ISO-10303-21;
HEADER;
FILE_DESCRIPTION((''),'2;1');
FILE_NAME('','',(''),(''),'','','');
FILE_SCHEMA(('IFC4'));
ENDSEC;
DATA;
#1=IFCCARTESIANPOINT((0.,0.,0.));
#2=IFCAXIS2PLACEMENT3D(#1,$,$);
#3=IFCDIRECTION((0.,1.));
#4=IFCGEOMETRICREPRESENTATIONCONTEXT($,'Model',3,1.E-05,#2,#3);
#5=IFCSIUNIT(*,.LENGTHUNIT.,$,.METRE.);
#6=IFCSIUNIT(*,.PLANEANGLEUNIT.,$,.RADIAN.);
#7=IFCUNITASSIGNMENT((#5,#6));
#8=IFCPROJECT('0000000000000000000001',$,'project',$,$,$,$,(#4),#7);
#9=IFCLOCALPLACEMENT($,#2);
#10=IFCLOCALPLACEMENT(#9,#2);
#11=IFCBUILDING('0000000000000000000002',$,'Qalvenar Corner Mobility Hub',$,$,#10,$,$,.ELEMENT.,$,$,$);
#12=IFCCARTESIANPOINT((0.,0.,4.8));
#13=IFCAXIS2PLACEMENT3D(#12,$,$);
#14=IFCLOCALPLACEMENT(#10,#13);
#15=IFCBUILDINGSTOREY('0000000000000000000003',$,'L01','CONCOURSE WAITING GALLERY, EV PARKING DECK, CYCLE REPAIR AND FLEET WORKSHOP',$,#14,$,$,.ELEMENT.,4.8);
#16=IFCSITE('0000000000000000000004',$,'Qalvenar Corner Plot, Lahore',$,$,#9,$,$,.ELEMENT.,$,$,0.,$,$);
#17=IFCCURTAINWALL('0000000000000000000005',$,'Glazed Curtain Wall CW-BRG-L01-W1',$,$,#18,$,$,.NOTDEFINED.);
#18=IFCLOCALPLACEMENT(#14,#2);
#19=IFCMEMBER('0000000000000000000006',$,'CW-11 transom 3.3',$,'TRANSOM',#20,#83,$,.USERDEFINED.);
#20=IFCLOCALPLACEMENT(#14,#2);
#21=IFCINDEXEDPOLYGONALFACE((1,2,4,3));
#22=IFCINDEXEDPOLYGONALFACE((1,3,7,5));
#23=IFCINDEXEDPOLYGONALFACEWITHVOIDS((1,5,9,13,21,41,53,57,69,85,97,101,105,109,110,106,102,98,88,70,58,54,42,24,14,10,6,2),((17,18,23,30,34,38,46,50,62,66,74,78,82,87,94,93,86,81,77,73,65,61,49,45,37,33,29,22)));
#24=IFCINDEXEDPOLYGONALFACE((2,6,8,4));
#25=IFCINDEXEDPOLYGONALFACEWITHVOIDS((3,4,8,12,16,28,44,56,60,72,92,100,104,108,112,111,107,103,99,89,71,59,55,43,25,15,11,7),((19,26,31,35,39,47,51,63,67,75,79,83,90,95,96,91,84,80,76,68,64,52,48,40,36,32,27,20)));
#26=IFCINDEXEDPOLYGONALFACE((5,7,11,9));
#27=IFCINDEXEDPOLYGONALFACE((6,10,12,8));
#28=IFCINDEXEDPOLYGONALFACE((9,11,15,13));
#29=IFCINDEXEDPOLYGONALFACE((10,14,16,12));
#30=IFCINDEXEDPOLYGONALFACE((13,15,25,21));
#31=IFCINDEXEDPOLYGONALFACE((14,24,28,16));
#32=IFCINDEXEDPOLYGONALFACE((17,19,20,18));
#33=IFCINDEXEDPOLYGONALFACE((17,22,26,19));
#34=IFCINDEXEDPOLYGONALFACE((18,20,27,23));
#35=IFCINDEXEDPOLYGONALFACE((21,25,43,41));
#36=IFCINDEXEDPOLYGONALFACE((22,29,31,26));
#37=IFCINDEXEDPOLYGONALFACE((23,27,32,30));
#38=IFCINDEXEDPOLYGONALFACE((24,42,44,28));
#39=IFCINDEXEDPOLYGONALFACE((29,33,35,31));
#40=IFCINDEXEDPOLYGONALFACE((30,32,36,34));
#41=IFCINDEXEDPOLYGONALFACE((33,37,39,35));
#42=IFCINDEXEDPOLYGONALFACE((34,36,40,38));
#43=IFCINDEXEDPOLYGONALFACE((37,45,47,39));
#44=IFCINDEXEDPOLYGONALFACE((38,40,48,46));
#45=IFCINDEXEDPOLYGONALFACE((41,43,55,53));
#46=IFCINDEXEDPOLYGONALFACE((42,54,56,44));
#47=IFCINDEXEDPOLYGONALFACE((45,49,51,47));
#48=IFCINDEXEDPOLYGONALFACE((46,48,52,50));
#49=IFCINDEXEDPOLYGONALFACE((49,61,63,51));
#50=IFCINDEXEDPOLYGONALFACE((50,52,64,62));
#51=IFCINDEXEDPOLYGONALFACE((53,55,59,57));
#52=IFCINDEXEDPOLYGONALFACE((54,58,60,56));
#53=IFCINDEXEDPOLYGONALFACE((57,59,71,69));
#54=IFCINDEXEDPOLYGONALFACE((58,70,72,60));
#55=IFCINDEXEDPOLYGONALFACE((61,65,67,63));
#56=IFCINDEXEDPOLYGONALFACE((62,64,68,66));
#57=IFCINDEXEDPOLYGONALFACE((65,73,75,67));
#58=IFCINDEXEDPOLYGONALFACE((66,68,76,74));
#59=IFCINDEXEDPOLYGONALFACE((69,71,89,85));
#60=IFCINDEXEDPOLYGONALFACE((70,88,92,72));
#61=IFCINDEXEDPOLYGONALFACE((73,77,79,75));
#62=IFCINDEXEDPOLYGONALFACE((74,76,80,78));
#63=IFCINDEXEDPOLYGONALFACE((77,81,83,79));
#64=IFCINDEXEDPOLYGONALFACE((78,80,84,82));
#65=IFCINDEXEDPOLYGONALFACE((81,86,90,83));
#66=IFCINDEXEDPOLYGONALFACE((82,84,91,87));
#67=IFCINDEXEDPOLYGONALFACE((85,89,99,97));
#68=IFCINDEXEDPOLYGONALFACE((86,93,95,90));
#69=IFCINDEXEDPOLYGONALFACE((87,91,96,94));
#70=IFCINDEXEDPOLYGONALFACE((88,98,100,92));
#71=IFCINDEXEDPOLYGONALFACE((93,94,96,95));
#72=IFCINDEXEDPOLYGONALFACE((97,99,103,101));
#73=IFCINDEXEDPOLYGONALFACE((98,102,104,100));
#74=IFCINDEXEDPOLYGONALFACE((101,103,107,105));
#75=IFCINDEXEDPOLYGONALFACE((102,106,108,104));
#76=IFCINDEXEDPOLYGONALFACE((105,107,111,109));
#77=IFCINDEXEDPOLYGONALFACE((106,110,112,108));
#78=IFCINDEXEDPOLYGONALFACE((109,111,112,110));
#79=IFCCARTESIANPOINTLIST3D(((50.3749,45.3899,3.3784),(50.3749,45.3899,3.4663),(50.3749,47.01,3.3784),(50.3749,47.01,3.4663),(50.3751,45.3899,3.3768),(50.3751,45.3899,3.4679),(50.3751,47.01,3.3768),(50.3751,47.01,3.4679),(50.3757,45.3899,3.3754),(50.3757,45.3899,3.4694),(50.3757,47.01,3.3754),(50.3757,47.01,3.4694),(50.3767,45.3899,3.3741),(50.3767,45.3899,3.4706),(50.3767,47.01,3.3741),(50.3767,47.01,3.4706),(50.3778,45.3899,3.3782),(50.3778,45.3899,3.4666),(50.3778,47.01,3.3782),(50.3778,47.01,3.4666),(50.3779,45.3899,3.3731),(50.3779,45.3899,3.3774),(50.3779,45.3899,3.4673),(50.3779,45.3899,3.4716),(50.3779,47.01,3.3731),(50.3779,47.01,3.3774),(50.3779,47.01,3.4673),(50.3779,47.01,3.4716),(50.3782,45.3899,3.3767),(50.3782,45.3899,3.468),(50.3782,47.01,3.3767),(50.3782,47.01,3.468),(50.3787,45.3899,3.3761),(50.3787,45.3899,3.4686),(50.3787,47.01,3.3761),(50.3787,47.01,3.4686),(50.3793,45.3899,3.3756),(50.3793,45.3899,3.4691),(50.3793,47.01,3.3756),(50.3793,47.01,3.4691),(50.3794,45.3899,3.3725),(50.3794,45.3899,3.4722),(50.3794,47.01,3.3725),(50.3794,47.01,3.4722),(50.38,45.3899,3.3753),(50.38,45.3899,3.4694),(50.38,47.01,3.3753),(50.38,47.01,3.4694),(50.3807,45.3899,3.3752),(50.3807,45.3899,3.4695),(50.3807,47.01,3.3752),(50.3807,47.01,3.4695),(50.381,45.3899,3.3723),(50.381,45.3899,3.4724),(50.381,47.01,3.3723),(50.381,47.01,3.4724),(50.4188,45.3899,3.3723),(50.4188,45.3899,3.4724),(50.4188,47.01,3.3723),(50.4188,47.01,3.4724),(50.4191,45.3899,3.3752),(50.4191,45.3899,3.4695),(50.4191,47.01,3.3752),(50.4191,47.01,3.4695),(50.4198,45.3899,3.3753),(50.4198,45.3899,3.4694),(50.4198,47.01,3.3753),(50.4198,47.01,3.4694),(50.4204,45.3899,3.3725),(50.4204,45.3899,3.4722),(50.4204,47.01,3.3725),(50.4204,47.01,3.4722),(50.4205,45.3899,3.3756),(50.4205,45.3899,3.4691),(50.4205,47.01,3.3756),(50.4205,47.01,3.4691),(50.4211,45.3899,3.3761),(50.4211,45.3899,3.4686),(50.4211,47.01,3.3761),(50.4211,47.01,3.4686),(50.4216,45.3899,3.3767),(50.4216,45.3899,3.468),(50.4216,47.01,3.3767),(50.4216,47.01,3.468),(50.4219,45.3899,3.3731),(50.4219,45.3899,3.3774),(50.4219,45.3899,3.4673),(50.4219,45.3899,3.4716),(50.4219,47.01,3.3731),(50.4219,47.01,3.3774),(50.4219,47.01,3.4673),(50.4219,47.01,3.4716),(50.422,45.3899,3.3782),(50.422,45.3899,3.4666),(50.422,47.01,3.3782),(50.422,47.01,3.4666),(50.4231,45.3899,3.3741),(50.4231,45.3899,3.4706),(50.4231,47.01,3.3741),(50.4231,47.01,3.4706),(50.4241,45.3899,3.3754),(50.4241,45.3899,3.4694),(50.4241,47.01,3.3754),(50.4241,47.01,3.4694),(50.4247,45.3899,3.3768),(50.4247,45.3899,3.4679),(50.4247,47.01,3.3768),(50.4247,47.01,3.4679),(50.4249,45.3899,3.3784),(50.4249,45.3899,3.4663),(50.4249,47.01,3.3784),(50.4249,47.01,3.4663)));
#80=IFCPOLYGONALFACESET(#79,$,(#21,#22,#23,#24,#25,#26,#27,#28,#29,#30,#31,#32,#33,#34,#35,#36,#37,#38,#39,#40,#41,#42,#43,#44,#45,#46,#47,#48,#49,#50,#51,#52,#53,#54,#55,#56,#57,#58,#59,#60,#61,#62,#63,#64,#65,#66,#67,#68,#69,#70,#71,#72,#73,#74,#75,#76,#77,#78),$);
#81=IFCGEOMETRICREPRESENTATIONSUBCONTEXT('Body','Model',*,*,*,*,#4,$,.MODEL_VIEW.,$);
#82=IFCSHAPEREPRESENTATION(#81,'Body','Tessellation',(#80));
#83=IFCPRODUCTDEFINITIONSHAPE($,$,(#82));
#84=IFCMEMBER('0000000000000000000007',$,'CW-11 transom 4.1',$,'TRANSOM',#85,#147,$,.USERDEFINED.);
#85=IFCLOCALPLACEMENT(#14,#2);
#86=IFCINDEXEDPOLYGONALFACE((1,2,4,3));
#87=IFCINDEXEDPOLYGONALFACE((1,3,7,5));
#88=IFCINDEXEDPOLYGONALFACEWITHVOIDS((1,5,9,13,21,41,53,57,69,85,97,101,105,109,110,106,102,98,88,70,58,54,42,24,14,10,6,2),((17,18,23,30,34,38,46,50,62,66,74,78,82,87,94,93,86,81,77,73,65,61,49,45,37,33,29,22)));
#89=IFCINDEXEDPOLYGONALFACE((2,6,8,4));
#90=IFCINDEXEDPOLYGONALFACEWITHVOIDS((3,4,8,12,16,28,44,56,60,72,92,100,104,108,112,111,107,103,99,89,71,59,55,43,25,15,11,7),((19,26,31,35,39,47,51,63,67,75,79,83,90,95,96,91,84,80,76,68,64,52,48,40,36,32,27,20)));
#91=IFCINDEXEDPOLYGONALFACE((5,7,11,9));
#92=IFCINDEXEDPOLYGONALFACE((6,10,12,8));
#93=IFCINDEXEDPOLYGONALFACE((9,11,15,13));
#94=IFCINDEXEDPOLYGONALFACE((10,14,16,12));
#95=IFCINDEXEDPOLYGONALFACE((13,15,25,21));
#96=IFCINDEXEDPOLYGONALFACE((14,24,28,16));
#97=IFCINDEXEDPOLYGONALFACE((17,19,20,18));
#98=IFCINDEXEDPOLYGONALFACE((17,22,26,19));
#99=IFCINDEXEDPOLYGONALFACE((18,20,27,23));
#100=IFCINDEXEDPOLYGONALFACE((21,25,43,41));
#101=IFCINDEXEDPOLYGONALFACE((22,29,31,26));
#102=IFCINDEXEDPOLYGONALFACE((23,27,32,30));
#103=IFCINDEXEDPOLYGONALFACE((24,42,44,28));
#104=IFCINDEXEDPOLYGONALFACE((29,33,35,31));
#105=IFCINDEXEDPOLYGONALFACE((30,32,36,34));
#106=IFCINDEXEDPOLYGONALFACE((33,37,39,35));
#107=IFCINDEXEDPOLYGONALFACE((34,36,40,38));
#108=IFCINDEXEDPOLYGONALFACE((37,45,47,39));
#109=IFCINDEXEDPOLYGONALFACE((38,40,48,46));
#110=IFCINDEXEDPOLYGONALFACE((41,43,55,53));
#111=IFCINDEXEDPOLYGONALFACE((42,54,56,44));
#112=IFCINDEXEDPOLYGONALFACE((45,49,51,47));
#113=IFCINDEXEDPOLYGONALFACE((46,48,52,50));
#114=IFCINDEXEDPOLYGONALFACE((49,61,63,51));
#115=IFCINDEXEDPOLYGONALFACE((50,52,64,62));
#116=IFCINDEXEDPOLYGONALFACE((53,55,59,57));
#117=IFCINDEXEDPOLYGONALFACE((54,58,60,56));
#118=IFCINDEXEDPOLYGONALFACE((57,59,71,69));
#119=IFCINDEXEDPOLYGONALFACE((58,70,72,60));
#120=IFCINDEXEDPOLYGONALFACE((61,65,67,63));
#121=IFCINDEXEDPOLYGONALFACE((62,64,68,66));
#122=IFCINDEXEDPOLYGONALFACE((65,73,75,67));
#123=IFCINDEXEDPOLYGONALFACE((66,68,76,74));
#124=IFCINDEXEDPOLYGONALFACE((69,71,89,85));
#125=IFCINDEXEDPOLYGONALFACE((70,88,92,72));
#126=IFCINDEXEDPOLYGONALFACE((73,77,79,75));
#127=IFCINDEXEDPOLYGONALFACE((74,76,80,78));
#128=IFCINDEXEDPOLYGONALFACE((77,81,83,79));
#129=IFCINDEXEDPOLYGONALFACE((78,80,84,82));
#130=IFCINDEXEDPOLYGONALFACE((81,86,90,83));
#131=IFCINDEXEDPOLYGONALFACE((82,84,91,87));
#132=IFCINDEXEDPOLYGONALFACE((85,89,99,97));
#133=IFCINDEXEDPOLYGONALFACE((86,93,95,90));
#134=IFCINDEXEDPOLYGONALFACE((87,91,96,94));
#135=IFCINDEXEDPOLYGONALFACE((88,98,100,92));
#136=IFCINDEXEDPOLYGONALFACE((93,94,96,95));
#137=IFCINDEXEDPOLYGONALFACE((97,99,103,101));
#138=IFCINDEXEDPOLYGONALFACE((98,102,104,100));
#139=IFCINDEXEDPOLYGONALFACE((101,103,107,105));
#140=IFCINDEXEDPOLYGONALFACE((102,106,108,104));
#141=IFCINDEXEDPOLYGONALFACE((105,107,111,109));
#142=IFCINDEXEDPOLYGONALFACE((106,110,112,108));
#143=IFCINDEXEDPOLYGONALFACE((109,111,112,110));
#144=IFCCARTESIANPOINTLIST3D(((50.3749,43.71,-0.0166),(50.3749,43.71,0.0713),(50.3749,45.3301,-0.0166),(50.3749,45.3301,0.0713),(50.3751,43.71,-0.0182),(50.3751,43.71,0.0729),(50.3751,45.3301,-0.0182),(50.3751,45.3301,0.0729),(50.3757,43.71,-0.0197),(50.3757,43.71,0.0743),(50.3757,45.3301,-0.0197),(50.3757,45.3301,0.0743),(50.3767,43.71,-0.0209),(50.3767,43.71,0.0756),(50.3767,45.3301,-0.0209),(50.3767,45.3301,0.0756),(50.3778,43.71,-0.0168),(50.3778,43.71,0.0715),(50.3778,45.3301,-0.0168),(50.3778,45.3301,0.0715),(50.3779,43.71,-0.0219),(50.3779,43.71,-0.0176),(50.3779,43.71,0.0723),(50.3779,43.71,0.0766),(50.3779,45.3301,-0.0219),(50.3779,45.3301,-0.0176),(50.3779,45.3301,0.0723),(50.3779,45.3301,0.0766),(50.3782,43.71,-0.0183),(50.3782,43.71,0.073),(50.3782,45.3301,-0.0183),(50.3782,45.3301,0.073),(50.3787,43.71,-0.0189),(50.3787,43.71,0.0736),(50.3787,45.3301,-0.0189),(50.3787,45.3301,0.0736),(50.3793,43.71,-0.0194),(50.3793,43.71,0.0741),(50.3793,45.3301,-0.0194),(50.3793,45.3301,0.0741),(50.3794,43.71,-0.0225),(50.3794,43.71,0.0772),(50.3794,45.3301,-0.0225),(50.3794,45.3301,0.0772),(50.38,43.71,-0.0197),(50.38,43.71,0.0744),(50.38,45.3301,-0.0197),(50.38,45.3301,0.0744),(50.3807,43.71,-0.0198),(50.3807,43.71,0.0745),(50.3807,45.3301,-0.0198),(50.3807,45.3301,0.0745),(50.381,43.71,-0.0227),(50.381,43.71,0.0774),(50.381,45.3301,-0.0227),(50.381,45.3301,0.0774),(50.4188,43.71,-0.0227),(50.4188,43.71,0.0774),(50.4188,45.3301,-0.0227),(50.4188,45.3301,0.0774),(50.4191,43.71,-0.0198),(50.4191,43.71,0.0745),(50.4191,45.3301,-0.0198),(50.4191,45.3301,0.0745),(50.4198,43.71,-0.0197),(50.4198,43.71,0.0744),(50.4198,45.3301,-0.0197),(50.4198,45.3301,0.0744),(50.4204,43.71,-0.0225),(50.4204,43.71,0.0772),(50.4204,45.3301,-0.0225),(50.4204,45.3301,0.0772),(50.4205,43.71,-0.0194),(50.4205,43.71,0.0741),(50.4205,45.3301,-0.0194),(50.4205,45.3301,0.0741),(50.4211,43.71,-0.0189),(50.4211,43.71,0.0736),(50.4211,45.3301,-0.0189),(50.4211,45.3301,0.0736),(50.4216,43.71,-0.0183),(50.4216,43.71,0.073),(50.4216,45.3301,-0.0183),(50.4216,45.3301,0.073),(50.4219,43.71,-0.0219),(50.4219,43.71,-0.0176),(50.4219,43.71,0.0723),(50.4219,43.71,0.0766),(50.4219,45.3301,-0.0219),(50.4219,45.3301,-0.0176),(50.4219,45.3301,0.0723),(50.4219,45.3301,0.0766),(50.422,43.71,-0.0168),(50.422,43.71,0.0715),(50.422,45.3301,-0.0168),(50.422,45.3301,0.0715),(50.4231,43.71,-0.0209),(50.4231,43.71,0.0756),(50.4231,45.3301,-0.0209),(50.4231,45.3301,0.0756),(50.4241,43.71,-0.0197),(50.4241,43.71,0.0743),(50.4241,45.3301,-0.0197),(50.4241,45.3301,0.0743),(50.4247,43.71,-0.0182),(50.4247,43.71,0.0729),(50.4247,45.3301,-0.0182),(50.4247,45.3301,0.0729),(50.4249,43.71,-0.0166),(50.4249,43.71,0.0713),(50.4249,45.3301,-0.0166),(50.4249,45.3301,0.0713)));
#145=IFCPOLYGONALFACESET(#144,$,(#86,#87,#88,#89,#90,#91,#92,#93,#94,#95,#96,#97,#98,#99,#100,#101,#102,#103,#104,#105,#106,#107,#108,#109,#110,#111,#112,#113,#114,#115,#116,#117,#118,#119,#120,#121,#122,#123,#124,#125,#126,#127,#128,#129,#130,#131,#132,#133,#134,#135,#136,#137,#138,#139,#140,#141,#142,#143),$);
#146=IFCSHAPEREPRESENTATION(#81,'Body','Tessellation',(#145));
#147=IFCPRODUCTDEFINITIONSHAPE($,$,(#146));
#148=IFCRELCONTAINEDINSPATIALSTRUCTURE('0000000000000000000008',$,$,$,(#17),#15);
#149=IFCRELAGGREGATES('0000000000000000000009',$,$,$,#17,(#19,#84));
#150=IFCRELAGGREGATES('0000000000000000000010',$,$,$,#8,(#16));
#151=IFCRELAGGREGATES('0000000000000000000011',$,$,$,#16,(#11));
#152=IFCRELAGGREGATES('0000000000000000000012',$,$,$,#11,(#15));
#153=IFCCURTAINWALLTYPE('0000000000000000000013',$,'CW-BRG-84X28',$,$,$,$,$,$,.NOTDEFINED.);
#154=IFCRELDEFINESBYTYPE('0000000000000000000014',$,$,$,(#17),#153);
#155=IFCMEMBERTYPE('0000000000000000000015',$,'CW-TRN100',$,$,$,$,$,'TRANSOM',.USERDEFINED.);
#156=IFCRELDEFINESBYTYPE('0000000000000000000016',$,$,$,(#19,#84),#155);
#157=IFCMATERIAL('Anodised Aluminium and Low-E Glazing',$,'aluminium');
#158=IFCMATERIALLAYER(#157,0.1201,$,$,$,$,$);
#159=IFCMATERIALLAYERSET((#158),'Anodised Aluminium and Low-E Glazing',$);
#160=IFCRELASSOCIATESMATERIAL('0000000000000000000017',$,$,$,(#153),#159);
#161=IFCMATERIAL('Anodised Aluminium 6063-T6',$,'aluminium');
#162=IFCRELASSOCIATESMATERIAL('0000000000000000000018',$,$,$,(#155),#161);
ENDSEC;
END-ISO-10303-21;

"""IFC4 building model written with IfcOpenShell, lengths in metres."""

from ifc_helpers import new_model, si_unit, direction, frame, origin, origin_2d, place, context, subcontext, project, spatial, hollow_rectangle, extrude, material, layer, layer_set, material_profile, profile_set, type_object, element, aggregate, save


model = new_model("IFC4")

# Units and contexts
model_context = context("Model", 3, precision=1e-05, world=origin(), true_north=direction((0.0, 1.0)))
body_context = subcontext(model_context, "Body", "Model", "MODEL_VIEW")
ifc_project = project(units=[si_unit("LENGTHUNIT", "METRE"), si_unit("PLANEANGLEUNIT", "RADIAN")], contexts=[model_context])

# Site, building, storey
site_placement = place(None, origin())
site = spatial("IfcSite", under=ifc_project, at=site_placement, Name="Qalvenar Corner Plot, Lahore", CompositionType="ELEMENT", RefElevation=0.0)
building_placement = place(site_placement, origin())
building = spatial("IfcBuilding", under=site, at=building_placement, Name="Qalvenar Corner Mobility Hub", CompositionType="ELEMENT")
storey_placement = place(building_placement, frame((0.0, 0.0, 4.8)))
storey = spatial("IfcBuildingStorey", under=building, at=storey_placement, Name="L01", Description="CONCOURSE WAITING GALLERY, EV PARKING DECK, CYCLE REPAIR AND FLEET WORKSHOP", CompositionType="ELEMENT", Elevation=4.8)

# Curtain wall, members
ifc_material_1 = material(Name="Anodised Aluminium and Low-E Glazing", Category="aluminium")
ifc_layer_1 = layer(ifc_material_1, 0.1201)
ifc_layer_set_1 = layer_set([ifc_layer_1], Name="Anodised Aluminium and Low-E Glazing")
curtain_wall_type = type_object("IfcCurtainWallType", Name="CW-BRG-84X28", PredefinedType="NOTDEFINED", material=ifc_layer_set_1)
curtain_wall_placement = place(storey_placement, origin())
curtain_wall = element("IfcCurtainWall", 1, at=curtain_wall_placement, inside=storey, type_object=curtain_wall_type, Name="Glazed Curtain Wall CW-BRG-L01-W1", PredefinedType="NOTDEFINED")
ifc_material_2 = material(Name="Anodised Aluminium 6063-T6", Category="aluminium")
ifc_material_profile_1 = material_profile(ifc_material_2, hollow_rectangle(XDim=0.05, YDim=0.1001, WallThickness=0.0029, InnerFilletRadius=0.0029, OuterFilletRadius=0.0061, at=origin_2d()), Name="RHS100x50x3")
ifc_profile_set_1 = profile_set([ifc_material_profile_1], Name="Anodised Aluminium 6063-T6")
member_type_1 = type_object("IfcMemberType", Name="CW-TRN100", ElementType="TRANSOM", PredefinedType="USERDEFINED", material=ifc_profile_set_1)
member_1_placement = place(storey_placement, frame((50.3999, 47.01, 3.4224), z_axis=(0.0, -1.0, 0.0), x_axis=(1.0, 0.0, 0.0)))
member_1 = element("IfcMember", 2, at=member_1_placement, type_object=member_type_1, Name="CW-11 transom 3.3", ObjectType="TRANSOM", PredefinedType="USERDEFINED", context=body_context, shape_type="SweptSolid", body=[
    extrude(hollow_rectangle(XDim=0.05, YDim=0.1001, WallThickness=0.0029, InnerFilletRadius=0.0029, OuterFilletRadius=0.0061, at=origin_2d()), origin(), (0.0, 0.0, 1.0), 1.6201),
])
member_2_placement = place(storey_placement, frame((50.3999, 45.3301, 0.0273), z_axis=(0.0, -1.0, 0.0), x_axis=(1.0, 0.0, 0.0)))
member_2 = element("IfcMember", 3, at=member_2_placement, type_object=member_type_1, Name="CW-11 transom 4.1", ObjectType="TRANSOM", PredefinedType="USERDEFINED", context=body_context, shape_type="SweptSolid", body=[
    extrude(hollow_rectangle(XDim=0.05, YDim=0.1001, WallThickness=0.0029, InnerFilletRadius=0.0029, OuterFilletRadius=0.0061, at=origin_2d()), origin(), (0.0, 0.0, 1.0), 1.6201),
])
aggregate(curtain_wall, [member_1, member_2])

save(model, "model.ifc")
